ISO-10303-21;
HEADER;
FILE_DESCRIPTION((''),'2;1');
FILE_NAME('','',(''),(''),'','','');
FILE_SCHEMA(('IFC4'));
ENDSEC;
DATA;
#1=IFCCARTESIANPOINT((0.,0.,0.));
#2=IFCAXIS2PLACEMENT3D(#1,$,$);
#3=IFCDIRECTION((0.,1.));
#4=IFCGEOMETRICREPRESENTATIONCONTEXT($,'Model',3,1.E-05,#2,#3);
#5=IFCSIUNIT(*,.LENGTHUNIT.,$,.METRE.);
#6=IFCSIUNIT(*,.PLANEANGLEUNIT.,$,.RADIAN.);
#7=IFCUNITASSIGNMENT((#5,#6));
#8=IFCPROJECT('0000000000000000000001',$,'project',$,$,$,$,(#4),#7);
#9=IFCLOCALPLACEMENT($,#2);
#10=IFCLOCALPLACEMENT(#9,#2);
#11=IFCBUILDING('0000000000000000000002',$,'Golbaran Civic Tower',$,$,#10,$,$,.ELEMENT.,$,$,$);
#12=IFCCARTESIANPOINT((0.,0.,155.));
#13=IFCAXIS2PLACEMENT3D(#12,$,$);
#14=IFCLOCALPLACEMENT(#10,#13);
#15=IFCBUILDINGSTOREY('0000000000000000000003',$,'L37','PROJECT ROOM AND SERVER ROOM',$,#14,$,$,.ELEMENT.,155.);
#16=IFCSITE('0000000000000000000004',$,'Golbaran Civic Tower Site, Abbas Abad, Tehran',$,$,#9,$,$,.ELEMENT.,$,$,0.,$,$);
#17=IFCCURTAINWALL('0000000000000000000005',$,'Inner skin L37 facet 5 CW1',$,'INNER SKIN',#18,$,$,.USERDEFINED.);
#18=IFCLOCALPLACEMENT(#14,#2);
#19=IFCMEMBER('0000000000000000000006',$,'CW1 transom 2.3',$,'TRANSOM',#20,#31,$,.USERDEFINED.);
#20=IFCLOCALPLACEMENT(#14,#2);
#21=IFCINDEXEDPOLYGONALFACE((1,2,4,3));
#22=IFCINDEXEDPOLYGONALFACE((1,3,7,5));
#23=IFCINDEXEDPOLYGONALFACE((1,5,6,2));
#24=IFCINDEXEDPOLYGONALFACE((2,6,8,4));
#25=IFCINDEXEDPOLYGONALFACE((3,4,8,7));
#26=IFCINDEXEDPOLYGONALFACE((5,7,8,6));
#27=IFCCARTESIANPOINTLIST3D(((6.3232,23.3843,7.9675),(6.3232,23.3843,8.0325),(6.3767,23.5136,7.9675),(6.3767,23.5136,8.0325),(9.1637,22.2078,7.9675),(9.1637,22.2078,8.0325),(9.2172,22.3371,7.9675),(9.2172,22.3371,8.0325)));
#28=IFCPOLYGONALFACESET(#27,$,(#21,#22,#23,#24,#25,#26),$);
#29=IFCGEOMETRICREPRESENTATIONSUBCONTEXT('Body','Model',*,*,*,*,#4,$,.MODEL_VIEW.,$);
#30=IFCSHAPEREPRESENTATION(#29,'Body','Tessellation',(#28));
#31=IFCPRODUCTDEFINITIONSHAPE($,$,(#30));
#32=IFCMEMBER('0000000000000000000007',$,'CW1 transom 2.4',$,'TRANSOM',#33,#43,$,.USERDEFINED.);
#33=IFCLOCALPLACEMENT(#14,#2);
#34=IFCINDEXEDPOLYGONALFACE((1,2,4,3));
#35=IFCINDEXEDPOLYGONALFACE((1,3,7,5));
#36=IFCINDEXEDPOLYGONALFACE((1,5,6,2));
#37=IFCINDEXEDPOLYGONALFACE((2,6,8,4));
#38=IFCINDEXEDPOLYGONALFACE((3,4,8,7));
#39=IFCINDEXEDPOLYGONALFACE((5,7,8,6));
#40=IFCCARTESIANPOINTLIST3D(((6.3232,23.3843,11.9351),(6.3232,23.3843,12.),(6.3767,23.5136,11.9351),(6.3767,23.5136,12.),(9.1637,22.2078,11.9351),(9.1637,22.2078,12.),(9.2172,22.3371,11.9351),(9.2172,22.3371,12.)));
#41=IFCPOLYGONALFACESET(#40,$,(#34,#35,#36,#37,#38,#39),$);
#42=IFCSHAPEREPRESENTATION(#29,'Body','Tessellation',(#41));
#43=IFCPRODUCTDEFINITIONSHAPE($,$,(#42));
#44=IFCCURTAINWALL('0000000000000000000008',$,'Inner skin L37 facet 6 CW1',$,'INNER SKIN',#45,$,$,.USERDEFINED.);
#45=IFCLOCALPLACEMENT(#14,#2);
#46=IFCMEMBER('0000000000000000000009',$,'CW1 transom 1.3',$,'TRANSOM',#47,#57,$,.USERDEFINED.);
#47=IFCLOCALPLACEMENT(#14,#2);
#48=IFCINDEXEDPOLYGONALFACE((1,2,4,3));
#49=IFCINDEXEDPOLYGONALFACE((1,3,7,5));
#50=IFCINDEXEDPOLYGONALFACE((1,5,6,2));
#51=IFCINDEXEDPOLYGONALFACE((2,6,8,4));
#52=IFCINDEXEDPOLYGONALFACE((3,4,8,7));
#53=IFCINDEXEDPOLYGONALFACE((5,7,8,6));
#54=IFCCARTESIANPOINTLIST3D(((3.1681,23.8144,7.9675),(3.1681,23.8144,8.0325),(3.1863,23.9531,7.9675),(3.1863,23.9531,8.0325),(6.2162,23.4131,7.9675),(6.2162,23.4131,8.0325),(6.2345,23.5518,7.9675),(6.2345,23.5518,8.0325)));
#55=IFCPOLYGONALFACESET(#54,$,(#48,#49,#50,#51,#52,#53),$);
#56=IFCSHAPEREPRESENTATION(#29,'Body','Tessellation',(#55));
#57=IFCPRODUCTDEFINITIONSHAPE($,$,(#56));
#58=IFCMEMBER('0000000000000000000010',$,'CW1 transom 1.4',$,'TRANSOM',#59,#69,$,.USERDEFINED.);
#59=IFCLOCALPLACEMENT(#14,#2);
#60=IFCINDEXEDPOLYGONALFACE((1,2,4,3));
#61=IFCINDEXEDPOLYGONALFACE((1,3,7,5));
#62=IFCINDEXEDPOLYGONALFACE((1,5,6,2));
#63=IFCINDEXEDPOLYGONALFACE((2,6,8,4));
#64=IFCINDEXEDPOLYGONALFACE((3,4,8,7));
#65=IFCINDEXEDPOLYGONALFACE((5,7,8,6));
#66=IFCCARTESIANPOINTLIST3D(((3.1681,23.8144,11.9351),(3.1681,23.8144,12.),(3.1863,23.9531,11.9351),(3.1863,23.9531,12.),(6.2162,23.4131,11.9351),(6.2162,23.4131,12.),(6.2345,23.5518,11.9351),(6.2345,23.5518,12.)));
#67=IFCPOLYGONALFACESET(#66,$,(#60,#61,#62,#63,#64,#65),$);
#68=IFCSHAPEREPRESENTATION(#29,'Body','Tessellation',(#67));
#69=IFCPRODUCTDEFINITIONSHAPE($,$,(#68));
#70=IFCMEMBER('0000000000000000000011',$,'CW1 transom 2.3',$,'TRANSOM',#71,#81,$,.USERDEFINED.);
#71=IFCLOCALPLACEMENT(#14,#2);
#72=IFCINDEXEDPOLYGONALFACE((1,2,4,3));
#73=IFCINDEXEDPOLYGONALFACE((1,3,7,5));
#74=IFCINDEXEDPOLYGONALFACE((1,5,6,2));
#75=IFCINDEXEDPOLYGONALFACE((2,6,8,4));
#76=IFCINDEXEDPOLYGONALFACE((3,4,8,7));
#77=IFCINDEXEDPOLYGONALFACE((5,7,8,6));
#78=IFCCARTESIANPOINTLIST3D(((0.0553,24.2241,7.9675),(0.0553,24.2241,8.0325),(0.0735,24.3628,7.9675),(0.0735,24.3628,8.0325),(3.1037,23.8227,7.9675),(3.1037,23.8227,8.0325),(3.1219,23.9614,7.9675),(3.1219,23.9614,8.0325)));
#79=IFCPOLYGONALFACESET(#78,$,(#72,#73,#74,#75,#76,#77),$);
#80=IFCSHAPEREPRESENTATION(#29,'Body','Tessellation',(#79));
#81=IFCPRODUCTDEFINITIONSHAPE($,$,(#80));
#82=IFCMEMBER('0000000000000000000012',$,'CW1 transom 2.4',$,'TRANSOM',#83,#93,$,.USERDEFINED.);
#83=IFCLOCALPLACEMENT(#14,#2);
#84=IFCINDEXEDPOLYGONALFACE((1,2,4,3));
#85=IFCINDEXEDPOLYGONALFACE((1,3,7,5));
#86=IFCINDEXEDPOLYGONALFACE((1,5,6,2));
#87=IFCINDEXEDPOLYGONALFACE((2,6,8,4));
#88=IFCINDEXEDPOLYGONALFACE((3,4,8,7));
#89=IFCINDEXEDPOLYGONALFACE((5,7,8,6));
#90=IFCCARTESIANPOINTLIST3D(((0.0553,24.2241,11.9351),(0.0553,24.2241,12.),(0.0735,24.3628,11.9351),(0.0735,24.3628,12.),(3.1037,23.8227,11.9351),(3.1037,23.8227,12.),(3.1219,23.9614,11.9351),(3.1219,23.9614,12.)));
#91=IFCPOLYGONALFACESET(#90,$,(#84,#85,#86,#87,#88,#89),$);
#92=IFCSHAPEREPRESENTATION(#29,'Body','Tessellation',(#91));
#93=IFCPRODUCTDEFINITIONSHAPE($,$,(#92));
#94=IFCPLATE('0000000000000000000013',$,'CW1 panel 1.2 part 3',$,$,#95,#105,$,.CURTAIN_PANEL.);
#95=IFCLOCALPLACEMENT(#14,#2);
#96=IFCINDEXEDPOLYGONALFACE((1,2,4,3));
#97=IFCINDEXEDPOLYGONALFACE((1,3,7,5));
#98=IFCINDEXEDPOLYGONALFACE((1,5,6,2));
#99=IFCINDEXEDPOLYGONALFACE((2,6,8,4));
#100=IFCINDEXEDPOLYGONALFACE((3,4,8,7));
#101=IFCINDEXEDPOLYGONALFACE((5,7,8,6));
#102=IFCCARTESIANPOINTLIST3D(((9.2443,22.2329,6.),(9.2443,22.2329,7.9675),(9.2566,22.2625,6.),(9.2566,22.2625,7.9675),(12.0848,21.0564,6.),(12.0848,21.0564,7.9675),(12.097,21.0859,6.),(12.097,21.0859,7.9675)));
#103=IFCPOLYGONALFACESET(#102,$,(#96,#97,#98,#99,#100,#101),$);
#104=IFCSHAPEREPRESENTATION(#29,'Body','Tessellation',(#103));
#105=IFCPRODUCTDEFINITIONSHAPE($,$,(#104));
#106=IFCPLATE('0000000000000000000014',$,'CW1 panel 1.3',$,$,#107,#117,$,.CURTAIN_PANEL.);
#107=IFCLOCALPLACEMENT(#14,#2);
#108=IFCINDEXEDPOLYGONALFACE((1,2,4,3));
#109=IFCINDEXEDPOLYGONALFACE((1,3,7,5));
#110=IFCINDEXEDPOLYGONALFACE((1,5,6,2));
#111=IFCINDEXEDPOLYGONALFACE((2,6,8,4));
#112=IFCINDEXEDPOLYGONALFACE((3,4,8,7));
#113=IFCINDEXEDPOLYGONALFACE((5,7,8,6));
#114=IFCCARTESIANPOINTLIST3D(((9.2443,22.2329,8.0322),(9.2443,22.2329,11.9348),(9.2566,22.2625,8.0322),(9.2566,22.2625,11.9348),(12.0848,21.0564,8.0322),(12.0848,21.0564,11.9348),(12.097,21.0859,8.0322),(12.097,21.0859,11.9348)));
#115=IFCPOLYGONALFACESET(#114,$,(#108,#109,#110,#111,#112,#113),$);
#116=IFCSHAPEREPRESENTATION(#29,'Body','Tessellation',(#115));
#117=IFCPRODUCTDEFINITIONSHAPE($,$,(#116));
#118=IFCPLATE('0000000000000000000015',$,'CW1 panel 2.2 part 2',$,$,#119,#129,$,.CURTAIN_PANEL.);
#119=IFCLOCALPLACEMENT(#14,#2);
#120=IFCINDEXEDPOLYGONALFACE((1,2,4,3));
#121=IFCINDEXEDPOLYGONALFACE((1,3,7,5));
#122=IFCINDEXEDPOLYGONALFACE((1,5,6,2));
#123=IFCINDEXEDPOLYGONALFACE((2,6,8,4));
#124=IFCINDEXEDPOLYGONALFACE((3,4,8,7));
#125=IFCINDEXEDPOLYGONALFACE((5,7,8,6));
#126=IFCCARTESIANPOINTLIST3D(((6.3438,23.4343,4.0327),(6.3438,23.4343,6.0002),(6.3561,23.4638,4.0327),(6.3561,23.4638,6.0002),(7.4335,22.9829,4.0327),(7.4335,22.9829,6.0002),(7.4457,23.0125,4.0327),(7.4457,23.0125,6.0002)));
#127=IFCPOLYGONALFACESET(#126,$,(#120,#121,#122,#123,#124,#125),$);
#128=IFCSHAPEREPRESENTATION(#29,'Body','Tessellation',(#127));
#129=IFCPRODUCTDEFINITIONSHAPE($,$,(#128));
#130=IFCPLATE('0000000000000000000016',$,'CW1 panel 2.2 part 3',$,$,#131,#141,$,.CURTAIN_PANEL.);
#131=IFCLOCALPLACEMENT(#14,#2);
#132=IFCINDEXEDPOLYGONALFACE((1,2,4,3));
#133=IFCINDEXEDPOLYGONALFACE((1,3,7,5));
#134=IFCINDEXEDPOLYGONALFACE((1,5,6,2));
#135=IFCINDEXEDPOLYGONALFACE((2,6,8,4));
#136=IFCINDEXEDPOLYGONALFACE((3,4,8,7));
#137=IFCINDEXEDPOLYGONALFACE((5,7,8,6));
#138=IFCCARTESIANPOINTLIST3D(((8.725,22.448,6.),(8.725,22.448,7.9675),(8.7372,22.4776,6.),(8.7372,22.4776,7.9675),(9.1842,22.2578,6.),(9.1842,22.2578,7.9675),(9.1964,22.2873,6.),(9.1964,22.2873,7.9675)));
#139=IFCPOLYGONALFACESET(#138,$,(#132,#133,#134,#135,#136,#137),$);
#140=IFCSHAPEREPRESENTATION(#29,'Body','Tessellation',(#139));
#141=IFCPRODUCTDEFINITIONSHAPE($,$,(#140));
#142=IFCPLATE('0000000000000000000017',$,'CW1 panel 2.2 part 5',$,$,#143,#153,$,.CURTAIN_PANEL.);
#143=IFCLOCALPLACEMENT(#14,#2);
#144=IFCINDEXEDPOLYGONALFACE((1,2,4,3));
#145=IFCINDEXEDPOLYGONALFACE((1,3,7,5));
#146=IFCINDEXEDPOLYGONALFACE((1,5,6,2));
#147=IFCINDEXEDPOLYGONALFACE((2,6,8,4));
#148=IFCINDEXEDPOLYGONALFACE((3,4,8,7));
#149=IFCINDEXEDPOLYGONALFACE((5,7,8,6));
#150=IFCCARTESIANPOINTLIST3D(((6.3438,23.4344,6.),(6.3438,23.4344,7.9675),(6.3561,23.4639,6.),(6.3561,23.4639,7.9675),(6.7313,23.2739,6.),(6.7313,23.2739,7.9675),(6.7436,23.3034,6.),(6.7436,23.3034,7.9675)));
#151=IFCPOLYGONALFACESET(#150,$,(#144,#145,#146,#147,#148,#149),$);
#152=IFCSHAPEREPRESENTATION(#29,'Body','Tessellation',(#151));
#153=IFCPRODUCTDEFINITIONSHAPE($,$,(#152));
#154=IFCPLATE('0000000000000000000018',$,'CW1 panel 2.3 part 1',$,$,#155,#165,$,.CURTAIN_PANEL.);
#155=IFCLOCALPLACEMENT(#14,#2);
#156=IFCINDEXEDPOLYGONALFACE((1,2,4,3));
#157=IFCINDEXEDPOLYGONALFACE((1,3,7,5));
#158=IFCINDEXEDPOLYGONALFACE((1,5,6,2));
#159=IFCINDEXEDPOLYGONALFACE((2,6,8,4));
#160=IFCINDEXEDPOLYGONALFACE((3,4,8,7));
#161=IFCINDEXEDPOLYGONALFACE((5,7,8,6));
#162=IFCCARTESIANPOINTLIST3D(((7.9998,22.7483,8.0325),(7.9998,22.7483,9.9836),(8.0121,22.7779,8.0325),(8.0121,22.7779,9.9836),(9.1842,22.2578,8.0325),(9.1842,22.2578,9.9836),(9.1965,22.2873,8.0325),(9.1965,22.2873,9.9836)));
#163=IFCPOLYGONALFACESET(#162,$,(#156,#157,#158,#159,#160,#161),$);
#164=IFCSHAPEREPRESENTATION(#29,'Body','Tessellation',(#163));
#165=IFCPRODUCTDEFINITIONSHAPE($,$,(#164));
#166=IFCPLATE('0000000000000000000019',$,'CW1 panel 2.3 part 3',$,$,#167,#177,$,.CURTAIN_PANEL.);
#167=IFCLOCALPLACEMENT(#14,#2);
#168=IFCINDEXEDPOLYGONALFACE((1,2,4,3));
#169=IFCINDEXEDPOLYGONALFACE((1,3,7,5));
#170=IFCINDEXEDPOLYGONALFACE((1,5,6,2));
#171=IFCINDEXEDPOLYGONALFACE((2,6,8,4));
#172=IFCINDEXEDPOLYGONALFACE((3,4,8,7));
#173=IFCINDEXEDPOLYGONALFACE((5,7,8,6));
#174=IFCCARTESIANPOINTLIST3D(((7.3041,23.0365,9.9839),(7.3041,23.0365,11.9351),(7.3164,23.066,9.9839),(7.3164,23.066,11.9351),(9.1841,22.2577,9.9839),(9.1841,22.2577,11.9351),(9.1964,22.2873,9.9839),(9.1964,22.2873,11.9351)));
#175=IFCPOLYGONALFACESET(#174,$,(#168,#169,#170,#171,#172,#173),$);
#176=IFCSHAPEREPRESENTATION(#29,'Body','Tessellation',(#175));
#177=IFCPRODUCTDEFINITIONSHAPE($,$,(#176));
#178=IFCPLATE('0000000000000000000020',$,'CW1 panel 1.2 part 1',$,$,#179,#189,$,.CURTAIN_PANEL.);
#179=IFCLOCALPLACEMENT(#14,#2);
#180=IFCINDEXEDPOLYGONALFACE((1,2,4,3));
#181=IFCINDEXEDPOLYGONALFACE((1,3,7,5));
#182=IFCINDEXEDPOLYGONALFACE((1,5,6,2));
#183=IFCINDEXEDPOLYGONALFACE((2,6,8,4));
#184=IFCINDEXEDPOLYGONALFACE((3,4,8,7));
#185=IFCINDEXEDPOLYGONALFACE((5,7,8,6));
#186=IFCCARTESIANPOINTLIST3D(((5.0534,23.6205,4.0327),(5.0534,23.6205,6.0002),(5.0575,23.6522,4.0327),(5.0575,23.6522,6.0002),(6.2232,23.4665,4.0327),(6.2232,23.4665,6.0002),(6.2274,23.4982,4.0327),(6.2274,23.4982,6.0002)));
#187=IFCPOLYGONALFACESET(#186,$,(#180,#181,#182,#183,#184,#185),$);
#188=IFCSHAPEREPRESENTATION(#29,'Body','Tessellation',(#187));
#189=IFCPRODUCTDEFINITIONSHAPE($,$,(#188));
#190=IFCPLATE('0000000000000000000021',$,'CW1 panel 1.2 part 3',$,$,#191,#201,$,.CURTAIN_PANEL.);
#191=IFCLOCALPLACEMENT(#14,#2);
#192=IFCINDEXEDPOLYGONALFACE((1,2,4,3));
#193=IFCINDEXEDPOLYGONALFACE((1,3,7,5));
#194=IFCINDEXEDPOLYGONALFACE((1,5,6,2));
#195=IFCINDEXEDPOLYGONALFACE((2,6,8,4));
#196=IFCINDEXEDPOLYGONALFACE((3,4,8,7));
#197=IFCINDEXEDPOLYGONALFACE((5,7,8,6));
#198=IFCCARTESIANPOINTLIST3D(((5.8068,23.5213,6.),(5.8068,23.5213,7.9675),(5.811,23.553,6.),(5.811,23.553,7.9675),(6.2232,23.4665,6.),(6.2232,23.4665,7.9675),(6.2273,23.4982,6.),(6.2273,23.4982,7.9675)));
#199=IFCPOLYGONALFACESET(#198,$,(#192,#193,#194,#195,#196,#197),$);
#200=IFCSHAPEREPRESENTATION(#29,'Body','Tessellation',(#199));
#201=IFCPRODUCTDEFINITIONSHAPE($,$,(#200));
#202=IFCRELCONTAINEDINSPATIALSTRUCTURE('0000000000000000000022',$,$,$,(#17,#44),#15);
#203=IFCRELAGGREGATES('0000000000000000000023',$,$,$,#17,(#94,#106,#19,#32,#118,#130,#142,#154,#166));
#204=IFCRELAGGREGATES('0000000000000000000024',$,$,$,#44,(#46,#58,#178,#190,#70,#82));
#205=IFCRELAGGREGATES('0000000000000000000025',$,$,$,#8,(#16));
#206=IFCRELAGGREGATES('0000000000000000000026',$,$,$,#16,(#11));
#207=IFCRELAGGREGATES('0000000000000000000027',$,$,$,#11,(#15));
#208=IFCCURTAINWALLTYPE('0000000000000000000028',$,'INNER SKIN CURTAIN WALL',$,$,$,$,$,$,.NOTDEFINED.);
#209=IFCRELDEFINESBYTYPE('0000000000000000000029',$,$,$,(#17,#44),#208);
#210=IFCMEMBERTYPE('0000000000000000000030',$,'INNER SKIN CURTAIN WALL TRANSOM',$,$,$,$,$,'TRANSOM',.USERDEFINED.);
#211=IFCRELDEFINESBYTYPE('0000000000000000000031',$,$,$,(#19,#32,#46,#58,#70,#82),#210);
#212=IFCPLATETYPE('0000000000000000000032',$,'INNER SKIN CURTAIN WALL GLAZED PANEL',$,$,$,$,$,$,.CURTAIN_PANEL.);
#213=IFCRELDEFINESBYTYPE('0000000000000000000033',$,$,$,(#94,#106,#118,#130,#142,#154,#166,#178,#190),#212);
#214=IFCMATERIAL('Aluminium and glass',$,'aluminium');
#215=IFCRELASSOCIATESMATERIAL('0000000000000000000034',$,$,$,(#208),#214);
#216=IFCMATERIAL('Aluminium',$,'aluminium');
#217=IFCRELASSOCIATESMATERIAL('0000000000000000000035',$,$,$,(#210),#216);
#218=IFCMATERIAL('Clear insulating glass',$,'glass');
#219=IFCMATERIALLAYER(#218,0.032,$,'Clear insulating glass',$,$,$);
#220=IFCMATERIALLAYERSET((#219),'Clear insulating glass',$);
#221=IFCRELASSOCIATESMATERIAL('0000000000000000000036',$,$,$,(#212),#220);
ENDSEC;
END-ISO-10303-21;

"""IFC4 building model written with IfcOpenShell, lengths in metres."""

from ifc_helpers import new_model, si_unit, direction, frame, origin, origin_2d, place, context, subcontext, project, spatial, rectangle, extrude, material, layer, layer_set, material_profile, profile_set, type_object, element, aggregate, save


model = new_model("IFC4")

# Units and contexts
model_context = context("Model", 3, precision=1e-05, world=origin(), true_north=direction((0.0, 1.0)))
body_context = subcontext(model_context, "Body", "Model", "MODEL_VIEW")
ifc_project = project(units=[si_unit("LENGTHUNIT", "METRE"), si_unit("PLANEANGLEUNIT", "RADIAN")], contexts=[model_context])

# Site, building, storey
site_placement = place(None, origin())
site = spatial("IfcSite", under=ifc_project, at=site_placement, Name="Golbaran Civic Tower Site, Abbas Abad, Tehran", CompositionType="ELEMENT", RefElevation=0.0)
building_placement = place(site_placement, origin())
building = spatial("IfcBuilding", under=site, at=building_placement, Name="Golbaran Civic Tower", CompositionType="ELEMENT")
storey_placement = place(building_placement, frame((0.0, 0.0, 155.0)))
storey = spatial("IfcBuildingStorey", under=building, at=storey_placement, Name="L37", Description="PROJECT ROOM AND SERVER ROOM", CompositionType="ELEMENT", Elevation=155.0)

# Curtain walls, members
ifc_material_1 = material(Name="Aluminium and glass", Category="aluminium")
curtain_wall_type = type_object("IfcCurtainWallType", Name="INNER SKIN CURTAIN WALL", PredefinedType="NOTDEFINED", material=ifc_material_1)
curtain_wall_1_placement = place(storey_placement, origin())
curtain_wall_1 = element("IfcCurtainWall", 1, at=curtain_wall_1_placement, inside=storey, type_object=curtain_wall_type, Name="Inner skin L37 facet 5 CW1", ObjectType="INNER SKIN", PredefinedType="USERDEFINED")
ifc_material_2 = material(Name="Aluminium", Category="aluminium")
ifc_material_profile = material_profile(ifc_material_2, rectangle(XDim=0.1399, YDim=0.0649, at=origin_2d()), Name="INNER SKIN CURTAIN WALL TRANSOM")
ifc_profile_set = profile_set([ifc_material_profile], Name="Aluminium")
member_type = type_object("IfcMemberType", Name="INNER SKIN CURTAIN WALL TRANSOM", ElementType="TRANSOM", PredefinedType="USERDEFINED", material=ifc_profile_set)
member_1_placement = place(storey_placement, frame((9.1904, 22.2725, 8.0), z_axis=(-0.92389, 0.382658, 0.0), x_axis=(-0.382658, -0.92389, 0.0)))
member_1 = element("IfcMember", 2, at=member_1_placement, type_object=member_type, Name="CW1 transom 2.3", ObjectType="TRANSOM", PredefinedType="USERDEFINED", context=body_context, shape_type="SweptSolid", body=[
    extrude(rectangle(XDim=0.1399, YDim=0.0649, at=origin_2d()), origin(), (0.0, 0.0, 1.0), 3.0745),
])
member_2_placement = place(storey_placement, frame((9.1904, 22.2725, 11.9675), z_axis=(-0.92389, 0.382658, 0.0), x_axis=(-0.382658, -0.92389, 0.0)))
member_2 = element("IfcMember", 3, at=member_2_placement, type_object=member_type, Name="CW1 transom 2.4", ObjectType="TRANSOM", PredefinedType="USERDEFINED", context=body_context, shape_type="SweptSolid", body=[
    extrude(rectangle(XDim=0.1399, YDim=0.0649, at=origin_2d()), origin(), (0.0, 0.0, 1.0), 3.0745),
])
curtain_wall_2_placement = place(storey_placement, origin())
curtain_wall_2 = element("IfcCurtainWall", 4, at=curtain_wall_2_placement, inside=storey, type_object=curtain_wall_type, Name="Inner skin L37 facet 6 CW1", ObjectType="INNER SKIN", PredefinedType="USERDEFINED")
member_3_placement = place(storey_placement, frame((6.2253, 23.4824, 8.0), z_axis=(-0.991442, 0.130551, 0.0), x_axis=(-0.130551, -0.991442, 0.0)))
member_3 = element("IfcMember", 5, at=member_3_placement, type_object=member_type, Name="CW1 transom 1.3", ObjectType="TRANSOM", PredefinedType="USERDEFINED", context=body_context, shape_type="SweptSolid", body=[
    extrude(rectangle(XDim=0.1399, YDim=0.0649, at=origin_2d()), origin(), (0.0, 0.0, 1.0), 3.0745),
])
member_4_placement = place(storey_placement, frame((6.2253, 23.4824, 11.9675), z_axis=(-0.991442, 0.130551, 0.0), x_axis=(-0.130551, -0.991442, 0.0)))
member_4 = element("IfcMember", 6, at=member_4_placement, type_object=member_type, Name="CW1 transom 1.4", ObjectType="TRANSOM", PredefinedType="USERDEFINED", context=body_context, shape_type="SweptSolid", body=[
    extrude(rectangle(XDim=0.1399, YDim=0.0649, at=origin_2d()), origin(), (0.0, 0.0, 1.0), 3.0745),
])
member_5_placement = place(storey_placement, frame((3.1128, 23.8921, 8.0), z_axis=(-0.991443, 0.130541, 0.0), x_axis=(-0.130541, -0.991443, 0.0)))
member_5 = element("IfcMember", 7, at=member_5_placement, type_object=member_type, Name="CW1 transom 2.3", ObjectType="TRANSOM", PredefinedType="USERDEFINED", context=body_context, shape_type="SweptSolid", body=[
    extrude(rectangle(XDim=0.1399, YDim=0.0649, at=origin_2d()), origin(), (0.0, 0.0, 1.0), 3.0747),
])
member_6_placement = place(storey_placement, frame((3.1128, 23.8921, 11.9675), z_axis=(-0.991443, 0.130541, 0.0), x_axis=(-0.130541, -0.991443, 0.0)))
member_6 = element("IfcMember", 8, at=member_6_placement, type_object=member_type, Name="CW1 transom 2.4", ObjectType="TRANSOM", PredefinedType="USERDEFINED", context=body_context, shape_type="SweptSolid", body=[
    extrude(rectangle(XDim=0.1399, YDim=0.0649, at=origin_2d()), origin(), (0.0, 0.0, 1.0), 3.0747),
])

# Plates
ifc_material_3 = material(Name="Clear insulating glass", Category="glass")
ifc_layer_1 = layer(ifc_material_3, 0.032, Name="Clear insulating glass")
ifc_layer_set_1 = layer_set([ifc_layer_1], Name="Clear insulating glass")
plate_type_1 = type_object("IfcPlateType", Name="INNER SKIN CURTAIN WALL GLAZED PANEL", PredefinedType="CURTAIN_PANEL", material=ifc_layer_set_1)
plate_1_placement = place(storey_placement, frame((10.6707, 21.6594, 6.0), z_axis=(0.0, 0.0, 1.0), x_axis=(-0.92388, 0.382683, 0.0)))
plate_1 = element("IfcPlate", 9, at=plate_1_placement, type_object=plate_type_1, Name="CW1 panel 1.2 part 3", PredefinedType="CURTAIN_PANEL", context=body_context, shape_type="SweptSolid", body=[
    extrude(rectangle(XDim=3.0745, YDim=0.032, at=origin_2d()), origin(), (0.0, 0.0, 1.0), 1.9675),
])
plate_2_placement = place(storey_placement, frame((10.6707, 21.6594, 8.0322), z_axis=(0.0, 0.0, 1.0), x_axis=(-0.92388, 0.382683, 0.0)))
plate_2 = element("IfcPlate", 10, at=plate_2_placement, type_object=plate_type_1, Name="CW1 panel 1.3", PredefinedType="CURTAIN_PANEL", context=body_context, shape_type="SweptSolid", body=[
    extrude(rectangle(XDim=3.0745, YDim=0.032, at=origin_2d()), origin(), (0.0, 0.0, 1.0), 3.9026),
])
plate_3_placement = place(storey_placement, frame((6.8948, 23.2234, 4.0327), z_axis=(0.0, 0.0, 1.0), x_axis=(-0.92388, 0.382683, 0.0)))
plate_3 = element("IfcPlate", 11, at=plate_3_placement, type_object=plate_type_1, Name="CW1 panel 2.2 part 2", PredefinedType="CURTAIN_PANEL", context=body_context, shape_type="SweptSolid", body=[
    extrude(rectangle(XDim=1.1794, YDim=0.032, at=origin_2d()), origin(), (0.0, 0.0, 1.0), 1.9675),
])
plate_4_placement = place(storey_placement, frame((8.9607, 22.3677, 6.0), z_axis=(0.0, 0.0, 1.0), x_axis=(-0.92388, 0.382683, 0.0)))
plate_4 = element("IfcPlate", 12, at=plate_4_placement, type_object=plate_type_1, Name="CW1 panel 2.2 part 3", PredefinedType="CURTAIN_PANEL", context=body_context, shape_type="SweptSolid", body=[
    extrude(rectangle(XDim=0.4971, YDim=0.032, at=origin_2d()), origin(), (0.0, 0.0, 1.0), 1.9675),
])
plate_5_placement = place(storey_placement, frame((6.5437, 23.3689, 6.0), z_axis=(0.0, 0.0, 1.0), x_axis=(-0.92388, 0.382683, 0.0)))
plate_5 = element("IfcPlate", 13, at=plate_5_placement, type_object=plate_type_1, Name="CW1 panel 2.2 part 5", PredefinedType="CURTAIN_PANEL", context=body_context, shape_type="SweptSolid", body=[
    extrude(rectangle(XDim=0.4194, YDim=0.032, at=origin_2d()), origin(), (0.0, 0.0, 1.0), 1.9675),
])
plate_6_placement = place(storey_placement, frame((8.5981, 22.5178, 8.0325), z_axis=(0.0, 0.0, 1.0), x_axis=(-0.92388, 0.382683, 0.0)))
plate_6 = element("IfcPlate", 14, at=plate_6_placement, type_object=plate_type_1, Name="CW1 panel 2.3 part 1", PredefinedType="CURTAIN_PANEL", context=body_context, shape_type="SweptSolid", body=[
    extrude(rectangle(XDim=1.282, YDim=0.032, at=origin_2d()), origin(), (0.0, 0.0, 1.0), 1.9512),
])
plate_7_placement = place(storey_placement, frame((8.2502, 22.6619, 9.9839), z_axis=(0.0, 0.0, 1.0), x_axis=(-0.92388, 0.382683, 0.0)))
plate_7 = element("IfcPlate", 15, at=plate_7_placement, type_object=plate_type_1, Name="CW1 panel 2.3 part 3", PredefinedType="CURTAIN_PANEL", context=body_context, shape_type="SweptSolid", body=[
    extrude(rectangle(XDim=2.0349, YDim=0.032, at=origin_2d()), origin(), (0.0, 0.0, 1.0), 1.9512),
])
plate_8_placement = place(storey_placement, frame((5.6404, 23.5593, 4.0327), z_axis=(0.0, 0.0, 1.0), x_axis=(-0.991445, 0.130526, 0.0)))
plate_8 = element("IfcPlate", 16, at=plate_8_placement, type_object=plate_type_1, Name="CW1 panel 1.2 part 1", PredefinedType="CURTAIN_PANEL", context=body_context, shape_type="SweptSolid", body=[
    extrude(rectangle(XDim=1.1799, YDim=0.032, at=origin_2d()), origin(), (0.0, 0.0, 1.0), 1.9675),
])
plate_9_placement = place(storey_placement, frame((6.0171, 23.5098, 6.0), z_axis=(0.0, 0.0, 1.0), x_axis=(-0.991445, 0.130526, 0.0)))
plate_9 = element("IfcPlate", 17, at=plate_9_placement, type_object=plate_type_1, Name="CW1 panel 1.2 part 3", PredefinedType="CURTAIN_PANEL", context=body_context, shape_type="SweptSolid", body=[
    extrude(rectangle(XDim=0.4199, YDim=0.032, at=origin_2d()), origin(), (0.0, 0.0, 1.0), 1.9675),
])
aggregate(curtain_wall_1, [plate_1, plate_2, member_1, member_2, plate_3, plate_4, plate_5, plate_6, plate_7])
aggregate(curtain_wall_2, [member_3, member_4, plate_8, plate_9, member_5, member_6])

save(model, "model.ifc")
